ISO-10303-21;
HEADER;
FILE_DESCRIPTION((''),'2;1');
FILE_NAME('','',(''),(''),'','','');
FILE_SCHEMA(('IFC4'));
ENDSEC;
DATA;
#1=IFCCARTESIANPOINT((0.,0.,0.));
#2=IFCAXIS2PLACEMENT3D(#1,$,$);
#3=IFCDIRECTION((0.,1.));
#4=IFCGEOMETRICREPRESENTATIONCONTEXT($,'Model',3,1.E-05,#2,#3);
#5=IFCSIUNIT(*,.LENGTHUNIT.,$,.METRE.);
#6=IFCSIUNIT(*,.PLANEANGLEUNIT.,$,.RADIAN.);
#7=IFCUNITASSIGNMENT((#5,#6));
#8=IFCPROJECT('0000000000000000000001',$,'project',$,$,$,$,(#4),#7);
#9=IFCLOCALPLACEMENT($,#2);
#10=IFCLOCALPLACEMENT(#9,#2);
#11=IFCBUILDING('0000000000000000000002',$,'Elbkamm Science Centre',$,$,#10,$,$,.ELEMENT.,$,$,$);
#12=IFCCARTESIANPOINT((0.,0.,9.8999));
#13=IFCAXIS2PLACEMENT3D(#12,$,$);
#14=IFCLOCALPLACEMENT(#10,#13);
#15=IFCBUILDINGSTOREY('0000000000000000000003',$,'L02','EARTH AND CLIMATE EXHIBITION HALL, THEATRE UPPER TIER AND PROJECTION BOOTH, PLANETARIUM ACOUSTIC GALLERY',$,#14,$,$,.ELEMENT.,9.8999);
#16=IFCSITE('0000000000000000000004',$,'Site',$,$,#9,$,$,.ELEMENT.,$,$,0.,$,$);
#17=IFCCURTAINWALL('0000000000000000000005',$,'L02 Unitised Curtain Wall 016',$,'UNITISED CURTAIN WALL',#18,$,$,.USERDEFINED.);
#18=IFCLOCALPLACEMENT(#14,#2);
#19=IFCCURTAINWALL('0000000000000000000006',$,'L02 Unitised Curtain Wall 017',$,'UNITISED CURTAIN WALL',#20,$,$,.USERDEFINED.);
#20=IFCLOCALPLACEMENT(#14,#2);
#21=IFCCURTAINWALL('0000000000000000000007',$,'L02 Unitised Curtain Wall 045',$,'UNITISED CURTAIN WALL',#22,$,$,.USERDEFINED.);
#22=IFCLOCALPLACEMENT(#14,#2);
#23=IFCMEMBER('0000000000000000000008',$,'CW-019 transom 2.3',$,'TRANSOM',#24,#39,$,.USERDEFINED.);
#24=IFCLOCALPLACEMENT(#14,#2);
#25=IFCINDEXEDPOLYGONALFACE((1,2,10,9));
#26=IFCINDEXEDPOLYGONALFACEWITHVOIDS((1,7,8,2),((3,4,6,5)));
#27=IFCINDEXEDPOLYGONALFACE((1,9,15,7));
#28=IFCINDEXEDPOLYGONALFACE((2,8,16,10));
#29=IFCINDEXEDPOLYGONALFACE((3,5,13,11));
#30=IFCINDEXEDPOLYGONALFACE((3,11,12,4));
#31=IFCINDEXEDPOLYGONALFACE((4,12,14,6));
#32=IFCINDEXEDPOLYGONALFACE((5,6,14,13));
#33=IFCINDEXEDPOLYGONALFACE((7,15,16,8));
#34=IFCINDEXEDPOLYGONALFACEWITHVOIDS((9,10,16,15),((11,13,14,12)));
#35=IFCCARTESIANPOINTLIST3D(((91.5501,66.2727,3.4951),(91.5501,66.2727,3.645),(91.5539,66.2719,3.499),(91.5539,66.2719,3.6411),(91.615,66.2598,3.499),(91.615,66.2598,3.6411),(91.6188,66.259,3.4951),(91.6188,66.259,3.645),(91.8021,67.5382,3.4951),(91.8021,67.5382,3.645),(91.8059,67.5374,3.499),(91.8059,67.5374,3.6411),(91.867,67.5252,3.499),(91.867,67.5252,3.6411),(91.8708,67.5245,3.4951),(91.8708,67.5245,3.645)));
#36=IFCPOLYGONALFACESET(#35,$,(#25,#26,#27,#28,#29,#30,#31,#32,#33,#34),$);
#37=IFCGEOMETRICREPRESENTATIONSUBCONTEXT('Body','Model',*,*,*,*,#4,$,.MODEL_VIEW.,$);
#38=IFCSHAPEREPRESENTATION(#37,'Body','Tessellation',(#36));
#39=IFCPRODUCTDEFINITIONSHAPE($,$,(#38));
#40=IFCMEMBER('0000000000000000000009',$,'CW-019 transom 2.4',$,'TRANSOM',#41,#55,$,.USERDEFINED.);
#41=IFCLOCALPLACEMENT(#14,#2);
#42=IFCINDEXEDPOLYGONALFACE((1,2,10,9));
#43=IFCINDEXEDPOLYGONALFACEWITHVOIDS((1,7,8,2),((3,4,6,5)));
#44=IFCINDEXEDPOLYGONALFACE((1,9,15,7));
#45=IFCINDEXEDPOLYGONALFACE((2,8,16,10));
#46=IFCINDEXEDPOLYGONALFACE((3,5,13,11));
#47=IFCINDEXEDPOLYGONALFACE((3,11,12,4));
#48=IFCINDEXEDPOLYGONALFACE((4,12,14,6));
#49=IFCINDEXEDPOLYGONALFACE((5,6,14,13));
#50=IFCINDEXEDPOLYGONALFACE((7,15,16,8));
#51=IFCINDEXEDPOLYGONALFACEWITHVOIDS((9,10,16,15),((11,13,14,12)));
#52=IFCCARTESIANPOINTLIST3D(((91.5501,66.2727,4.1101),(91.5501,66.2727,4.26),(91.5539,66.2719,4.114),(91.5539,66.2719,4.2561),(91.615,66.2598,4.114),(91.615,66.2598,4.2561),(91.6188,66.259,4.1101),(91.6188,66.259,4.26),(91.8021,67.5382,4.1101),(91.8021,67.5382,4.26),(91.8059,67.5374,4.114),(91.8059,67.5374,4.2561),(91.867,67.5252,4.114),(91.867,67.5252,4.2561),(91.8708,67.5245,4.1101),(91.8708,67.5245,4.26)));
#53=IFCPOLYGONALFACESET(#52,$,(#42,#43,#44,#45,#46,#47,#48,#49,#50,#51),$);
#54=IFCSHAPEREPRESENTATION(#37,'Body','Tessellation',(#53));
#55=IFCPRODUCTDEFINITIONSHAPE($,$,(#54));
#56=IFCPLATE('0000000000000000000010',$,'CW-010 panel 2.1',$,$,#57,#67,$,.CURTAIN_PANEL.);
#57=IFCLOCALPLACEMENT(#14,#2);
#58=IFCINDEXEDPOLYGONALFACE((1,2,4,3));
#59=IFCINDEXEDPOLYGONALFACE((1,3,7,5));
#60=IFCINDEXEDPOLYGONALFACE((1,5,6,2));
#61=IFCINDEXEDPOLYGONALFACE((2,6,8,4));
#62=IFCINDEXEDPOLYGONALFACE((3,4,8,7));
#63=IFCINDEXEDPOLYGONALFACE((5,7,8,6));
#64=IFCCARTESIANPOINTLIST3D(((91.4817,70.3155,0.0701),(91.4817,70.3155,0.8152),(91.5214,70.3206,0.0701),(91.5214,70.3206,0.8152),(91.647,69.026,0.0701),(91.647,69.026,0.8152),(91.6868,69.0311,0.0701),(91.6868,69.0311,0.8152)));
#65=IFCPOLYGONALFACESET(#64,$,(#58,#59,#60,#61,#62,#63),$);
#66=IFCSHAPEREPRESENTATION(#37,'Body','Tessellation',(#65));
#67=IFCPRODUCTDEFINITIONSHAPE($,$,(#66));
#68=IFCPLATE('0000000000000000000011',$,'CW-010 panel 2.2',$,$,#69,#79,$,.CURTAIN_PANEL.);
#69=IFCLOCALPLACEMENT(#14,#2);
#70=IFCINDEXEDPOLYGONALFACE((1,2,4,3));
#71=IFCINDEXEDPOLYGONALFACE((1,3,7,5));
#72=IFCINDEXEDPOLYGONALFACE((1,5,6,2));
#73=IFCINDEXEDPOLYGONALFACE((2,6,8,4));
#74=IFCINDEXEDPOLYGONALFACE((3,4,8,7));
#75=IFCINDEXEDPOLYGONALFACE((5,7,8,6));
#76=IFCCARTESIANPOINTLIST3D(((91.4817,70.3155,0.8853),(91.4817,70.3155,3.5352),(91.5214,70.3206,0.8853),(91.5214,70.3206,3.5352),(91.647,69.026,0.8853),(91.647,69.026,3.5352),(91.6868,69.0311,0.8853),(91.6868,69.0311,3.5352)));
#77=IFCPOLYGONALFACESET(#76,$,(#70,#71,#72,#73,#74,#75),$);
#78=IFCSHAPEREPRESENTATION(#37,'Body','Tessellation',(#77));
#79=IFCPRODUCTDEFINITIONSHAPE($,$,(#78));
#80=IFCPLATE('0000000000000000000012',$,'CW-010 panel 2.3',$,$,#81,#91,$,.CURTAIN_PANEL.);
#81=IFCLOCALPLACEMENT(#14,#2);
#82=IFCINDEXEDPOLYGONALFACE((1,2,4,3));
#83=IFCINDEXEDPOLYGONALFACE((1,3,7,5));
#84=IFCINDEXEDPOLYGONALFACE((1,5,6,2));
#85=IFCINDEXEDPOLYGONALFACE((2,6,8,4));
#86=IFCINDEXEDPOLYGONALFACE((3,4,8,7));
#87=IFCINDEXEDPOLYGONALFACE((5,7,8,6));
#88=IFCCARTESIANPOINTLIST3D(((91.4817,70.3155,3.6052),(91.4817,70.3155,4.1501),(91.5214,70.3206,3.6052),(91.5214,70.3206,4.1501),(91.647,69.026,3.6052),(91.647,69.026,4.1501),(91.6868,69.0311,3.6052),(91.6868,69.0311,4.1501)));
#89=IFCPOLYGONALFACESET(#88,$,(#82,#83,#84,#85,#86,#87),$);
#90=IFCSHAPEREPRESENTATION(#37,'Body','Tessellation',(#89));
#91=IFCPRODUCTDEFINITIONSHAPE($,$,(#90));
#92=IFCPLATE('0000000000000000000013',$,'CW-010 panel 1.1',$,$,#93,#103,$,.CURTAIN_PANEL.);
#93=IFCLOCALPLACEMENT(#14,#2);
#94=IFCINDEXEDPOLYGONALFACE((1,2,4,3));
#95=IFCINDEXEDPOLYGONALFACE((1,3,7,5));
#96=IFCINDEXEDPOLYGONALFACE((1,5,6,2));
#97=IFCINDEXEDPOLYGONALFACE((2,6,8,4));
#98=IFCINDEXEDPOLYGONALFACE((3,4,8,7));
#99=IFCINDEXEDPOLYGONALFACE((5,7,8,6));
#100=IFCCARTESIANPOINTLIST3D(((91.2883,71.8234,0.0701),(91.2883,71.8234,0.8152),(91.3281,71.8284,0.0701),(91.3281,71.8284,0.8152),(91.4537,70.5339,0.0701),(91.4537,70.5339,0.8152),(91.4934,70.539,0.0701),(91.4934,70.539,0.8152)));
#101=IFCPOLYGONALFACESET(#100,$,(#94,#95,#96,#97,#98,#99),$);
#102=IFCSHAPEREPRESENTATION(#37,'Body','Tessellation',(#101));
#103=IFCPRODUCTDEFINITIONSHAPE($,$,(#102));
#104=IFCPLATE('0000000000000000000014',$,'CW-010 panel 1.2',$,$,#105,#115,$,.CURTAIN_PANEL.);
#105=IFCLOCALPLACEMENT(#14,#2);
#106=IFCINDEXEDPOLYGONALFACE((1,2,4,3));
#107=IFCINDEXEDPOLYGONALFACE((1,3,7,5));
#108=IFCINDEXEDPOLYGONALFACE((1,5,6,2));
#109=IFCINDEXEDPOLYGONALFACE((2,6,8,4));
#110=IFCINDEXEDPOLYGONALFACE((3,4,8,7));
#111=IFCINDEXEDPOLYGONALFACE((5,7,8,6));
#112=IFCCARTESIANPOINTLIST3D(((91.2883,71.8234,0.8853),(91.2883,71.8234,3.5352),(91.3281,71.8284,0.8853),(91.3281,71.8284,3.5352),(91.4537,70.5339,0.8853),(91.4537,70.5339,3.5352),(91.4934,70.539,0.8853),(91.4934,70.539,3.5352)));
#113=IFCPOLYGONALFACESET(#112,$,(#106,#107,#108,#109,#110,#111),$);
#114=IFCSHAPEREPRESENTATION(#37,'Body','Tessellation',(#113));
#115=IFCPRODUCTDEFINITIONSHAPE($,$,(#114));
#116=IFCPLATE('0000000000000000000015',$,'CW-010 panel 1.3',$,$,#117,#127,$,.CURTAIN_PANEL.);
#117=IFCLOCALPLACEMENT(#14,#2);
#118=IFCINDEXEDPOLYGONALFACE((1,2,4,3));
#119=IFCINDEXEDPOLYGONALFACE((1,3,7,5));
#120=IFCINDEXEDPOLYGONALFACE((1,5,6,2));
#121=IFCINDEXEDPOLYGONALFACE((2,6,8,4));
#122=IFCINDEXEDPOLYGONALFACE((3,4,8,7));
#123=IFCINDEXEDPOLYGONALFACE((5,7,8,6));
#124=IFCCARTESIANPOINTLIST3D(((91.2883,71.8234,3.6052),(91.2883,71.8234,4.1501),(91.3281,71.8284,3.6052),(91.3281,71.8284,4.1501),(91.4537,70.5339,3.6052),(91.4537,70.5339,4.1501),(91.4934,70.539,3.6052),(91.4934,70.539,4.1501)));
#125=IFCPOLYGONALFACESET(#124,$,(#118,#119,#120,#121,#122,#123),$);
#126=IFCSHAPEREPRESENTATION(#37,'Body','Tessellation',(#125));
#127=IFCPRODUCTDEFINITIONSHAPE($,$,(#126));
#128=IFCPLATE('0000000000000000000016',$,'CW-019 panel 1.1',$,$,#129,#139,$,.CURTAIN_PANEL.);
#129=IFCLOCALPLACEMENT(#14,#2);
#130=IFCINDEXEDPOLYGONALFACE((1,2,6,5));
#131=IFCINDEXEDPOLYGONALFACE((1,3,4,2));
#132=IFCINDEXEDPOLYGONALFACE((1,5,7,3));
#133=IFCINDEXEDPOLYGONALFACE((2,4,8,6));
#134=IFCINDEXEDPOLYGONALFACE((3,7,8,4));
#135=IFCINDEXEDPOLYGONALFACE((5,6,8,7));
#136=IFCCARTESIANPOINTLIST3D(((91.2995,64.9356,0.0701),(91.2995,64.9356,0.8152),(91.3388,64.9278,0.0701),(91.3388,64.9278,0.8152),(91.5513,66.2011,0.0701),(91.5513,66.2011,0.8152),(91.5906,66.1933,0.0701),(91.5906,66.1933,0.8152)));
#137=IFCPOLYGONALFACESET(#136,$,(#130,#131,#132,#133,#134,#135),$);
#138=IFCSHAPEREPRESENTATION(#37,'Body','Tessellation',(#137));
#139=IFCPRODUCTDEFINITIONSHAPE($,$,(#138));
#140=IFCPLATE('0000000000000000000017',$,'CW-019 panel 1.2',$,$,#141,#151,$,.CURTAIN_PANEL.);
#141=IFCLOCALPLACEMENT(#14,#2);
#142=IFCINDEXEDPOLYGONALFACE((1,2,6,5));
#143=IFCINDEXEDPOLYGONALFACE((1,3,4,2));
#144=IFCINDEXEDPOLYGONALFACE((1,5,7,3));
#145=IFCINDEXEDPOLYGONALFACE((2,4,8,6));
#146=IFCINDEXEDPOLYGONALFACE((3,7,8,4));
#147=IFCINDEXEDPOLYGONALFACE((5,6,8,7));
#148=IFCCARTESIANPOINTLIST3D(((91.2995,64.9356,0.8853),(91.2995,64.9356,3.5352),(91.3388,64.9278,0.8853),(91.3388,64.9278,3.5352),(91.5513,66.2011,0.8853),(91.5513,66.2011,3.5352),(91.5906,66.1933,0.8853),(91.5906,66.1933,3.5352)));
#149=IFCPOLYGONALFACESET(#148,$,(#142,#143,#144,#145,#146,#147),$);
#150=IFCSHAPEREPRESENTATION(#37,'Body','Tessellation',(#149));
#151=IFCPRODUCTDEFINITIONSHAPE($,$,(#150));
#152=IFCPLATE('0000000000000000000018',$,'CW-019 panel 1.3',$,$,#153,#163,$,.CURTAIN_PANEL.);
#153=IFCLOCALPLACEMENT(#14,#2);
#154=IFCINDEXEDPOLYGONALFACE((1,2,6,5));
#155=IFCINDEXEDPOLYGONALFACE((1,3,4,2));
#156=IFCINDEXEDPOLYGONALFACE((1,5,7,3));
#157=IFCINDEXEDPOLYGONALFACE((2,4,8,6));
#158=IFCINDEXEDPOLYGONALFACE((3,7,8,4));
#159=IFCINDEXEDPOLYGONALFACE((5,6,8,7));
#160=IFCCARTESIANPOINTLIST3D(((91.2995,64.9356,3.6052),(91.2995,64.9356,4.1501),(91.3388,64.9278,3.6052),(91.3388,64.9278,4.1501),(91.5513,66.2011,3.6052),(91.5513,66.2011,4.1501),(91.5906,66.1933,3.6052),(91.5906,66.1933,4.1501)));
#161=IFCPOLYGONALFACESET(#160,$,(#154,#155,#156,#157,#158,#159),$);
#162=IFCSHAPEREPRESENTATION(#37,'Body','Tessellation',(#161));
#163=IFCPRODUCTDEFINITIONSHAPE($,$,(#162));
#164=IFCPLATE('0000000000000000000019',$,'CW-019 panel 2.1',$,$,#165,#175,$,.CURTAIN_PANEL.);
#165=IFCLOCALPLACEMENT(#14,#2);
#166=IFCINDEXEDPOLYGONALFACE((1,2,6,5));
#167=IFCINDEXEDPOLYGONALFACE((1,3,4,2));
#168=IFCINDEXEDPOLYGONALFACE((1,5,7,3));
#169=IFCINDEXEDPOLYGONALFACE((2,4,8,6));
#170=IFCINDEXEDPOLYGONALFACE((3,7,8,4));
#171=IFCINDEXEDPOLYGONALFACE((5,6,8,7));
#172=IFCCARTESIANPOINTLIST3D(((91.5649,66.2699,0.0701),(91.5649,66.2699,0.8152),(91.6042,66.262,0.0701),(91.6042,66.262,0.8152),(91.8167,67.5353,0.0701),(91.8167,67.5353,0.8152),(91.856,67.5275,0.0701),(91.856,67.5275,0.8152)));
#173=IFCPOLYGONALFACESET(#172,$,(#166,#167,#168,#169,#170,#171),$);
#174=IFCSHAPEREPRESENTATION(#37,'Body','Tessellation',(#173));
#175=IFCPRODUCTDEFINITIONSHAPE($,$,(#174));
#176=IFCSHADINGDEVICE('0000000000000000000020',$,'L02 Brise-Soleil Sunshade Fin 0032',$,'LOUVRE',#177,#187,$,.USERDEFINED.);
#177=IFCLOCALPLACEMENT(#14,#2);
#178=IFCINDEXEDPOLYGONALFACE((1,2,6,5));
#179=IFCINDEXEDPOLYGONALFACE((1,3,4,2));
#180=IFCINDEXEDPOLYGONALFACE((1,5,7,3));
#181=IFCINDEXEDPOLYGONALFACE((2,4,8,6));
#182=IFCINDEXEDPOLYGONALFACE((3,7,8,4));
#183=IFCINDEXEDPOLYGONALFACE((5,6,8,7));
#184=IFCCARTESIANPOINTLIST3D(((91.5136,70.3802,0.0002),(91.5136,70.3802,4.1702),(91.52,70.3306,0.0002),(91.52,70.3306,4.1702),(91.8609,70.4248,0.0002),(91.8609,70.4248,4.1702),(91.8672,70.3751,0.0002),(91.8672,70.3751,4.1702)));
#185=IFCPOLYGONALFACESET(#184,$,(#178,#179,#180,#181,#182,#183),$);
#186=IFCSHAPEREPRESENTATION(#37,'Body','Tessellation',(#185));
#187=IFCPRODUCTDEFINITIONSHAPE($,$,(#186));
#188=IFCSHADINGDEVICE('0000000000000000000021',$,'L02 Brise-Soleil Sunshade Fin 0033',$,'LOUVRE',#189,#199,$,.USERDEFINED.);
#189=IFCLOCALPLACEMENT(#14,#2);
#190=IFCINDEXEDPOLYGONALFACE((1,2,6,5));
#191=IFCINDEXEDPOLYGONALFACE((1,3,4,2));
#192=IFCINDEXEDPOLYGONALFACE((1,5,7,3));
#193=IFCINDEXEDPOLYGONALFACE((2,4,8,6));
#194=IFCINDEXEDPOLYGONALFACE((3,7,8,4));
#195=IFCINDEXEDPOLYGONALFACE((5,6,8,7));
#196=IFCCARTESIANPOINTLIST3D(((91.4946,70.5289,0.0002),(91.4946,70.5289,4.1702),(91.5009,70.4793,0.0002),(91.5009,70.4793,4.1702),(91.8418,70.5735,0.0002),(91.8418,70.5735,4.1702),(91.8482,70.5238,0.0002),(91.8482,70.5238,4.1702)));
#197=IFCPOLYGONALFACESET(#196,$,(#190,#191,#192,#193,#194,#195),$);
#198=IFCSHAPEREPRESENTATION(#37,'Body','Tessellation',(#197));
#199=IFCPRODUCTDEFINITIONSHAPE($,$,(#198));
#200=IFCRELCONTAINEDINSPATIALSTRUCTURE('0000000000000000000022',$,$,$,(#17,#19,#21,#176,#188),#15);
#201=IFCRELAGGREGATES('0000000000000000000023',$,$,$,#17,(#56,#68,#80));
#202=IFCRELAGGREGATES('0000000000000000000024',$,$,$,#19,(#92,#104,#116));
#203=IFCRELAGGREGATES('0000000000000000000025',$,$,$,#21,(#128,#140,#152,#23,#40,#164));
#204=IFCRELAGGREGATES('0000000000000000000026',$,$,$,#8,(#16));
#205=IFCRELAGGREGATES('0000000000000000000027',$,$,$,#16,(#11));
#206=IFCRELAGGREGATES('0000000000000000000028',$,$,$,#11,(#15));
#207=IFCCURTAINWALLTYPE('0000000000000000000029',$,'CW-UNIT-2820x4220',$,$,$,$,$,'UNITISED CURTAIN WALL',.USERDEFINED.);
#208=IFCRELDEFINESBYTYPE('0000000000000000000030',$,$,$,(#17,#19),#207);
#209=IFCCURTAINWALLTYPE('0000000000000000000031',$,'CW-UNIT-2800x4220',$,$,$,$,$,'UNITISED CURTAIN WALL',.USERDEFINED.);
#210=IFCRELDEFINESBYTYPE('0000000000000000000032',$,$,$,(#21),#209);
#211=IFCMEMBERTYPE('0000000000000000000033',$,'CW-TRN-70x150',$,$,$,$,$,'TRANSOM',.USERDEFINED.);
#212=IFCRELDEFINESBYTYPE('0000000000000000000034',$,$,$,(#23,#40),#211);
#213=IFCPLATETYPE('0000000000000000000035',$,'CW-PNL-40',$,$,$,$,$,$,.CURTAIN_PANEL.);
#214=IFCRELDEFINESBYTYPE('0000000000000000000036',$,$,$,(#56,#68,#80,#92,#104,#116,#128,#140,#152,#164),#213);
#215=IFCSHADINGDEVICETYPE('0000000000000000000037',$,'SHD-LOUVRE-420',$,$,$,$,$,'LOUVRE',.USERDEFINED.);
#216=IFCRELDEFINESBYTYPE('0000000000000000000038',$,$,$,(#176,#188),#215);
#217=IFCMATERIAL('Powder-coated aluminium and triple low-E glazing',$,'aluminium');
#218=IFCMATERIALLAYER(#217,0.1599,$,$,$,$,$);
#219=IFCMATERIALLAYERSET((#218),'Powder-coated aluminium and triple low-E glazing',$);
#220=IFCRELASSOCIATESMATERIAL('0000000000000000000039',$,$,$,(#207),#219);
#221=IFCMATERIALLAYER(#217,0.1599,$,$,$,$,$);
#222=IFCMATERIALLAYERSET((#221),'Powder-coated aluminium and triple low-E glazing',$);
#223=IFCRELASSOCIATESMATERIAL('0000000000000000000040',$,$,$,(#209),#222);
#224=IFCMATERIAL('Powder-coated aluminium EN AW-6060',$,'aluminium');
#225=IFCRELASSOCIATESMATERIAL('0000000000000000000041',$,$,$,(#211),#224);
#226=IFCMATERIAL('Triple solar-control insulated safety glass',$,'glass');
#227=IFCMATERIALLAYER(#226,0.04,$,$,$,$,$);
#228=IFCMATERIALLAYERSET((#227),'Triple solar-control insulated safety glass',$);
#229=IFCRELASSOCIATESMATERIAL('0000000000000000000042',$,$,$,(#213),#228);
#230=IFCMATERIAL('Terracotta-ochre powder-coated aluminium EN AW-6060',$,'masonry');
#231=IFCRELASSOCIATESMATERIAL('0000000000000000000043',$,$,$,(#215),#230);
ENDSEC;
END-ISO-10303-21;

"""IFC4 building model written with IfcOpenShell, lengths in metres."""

from ifc_helpers import new_model, si_unit, direction, frame, origin, origin_2d, place, context, subcontext, project, spatial, rectangle, hollow_rectangle, extrude, material, layer, layer_set, material_profile, profile_set, type_object, element, aggregate, save


model = new_model("IFC4")

# Units and contexts
model_context = context("Model", 3, precision=1e-05, world=origin(), true_north=direction((0.0, 1.0)))
body_context = subcontext(model_context, "Body", "Model", "MODEL_VIEW")
ifc_project = project(units=[si_unit("LENGTHUNIT", "METRE"), si_unit("PLANEANGLEUNIT", "RADIAN")], contexts=[model_context])

# Site, building, storey
site_placement = place(None, origin())
site = spatial("IfcSite", under=ifc_project, at=site_placement, Name="Site", CompositionType="ELEMENT", RefElevation=0.0)
building_placement = place(site_placement, origin())
building = spatial("IfcBuilding", under=site, at=building_placement, Name="Elbkamm Science Centre", CompositionType="ELEMENT")
storey_placement = place(building_placement, frame((0.0, 0.0, 9.8999)))
storey = spatial("IfcBuildingStorey", under=building, at=storey_placement, Name="L02", Description="EARTH AND CLIMATE EXHIBITION HALL, THEATRE UPPER TIER AND PROJECTION BOOTH, PLANETARIUM ACOUSTIC GALLERY", CompositionType="ELEMENT", Elevation=9.8999)

# Curtain walls
ifc_material_1 = material(Name="Powder-coated aluminium and triple low-E glazing", Category="aluminium")
ifc_layer_1 = layer(ifc_material_1, 0.1599)
ifc_layer_set_1 = layer_set([ifc_layer_1], Name="Powder-coated aluminium and triple low-E glazing")
curtain_wall_type_1 = type_object("IfcCurtainWallType", Name="CW-UNIT-2820x4220", ElementType="UNITISED CURTAIN WALL", PredefinedType="USERDEFINED", material=ifc_layer_set_1)
curtain_wall_1_placement = place(storey_placement, origin())
curtain_wall_1 = element("IfcCurtainWall", 1, at=curtain_wall_1_placement, inside=storey, type_object=curtain_wall_type_1, Name="L02 Unitised Curtain Wall 016", ObjectType="UNITISED CURTAIN WALL", PredefinedType="USERDEFINED")
ifc_material_2 = material(Name="Powder-coated aluminium EN AW-6060", Category="aluminium")
curtain_wall_2_placement = place(storey_placement, origin())
curtain_wall_2 = element("IfcCurtainWall", 2, at=curtain_wall_2_placement, inside=storey, type_object=curtain_wall_type_1, Name="L02 Unitised Curtain Wall 017", ObjectType="UNITISED CURTAIN WALL", PredefinedType="USERDEFINED")
ifc_layer_2 = layer(ifc_material_1, 0.1599)
ifc_layer_set_2 = layer_set([ifc_layer_2], Name="Powder-coated aluminium and triple low-E glazing")
curtain_wall_type_2 = type_object("IfcCurtainWallType", Name="CW-UNIT-2800x4220", ElementType="UNITISED CURTAIN WALL", PredefinedType="USERDEFINED", material=ifc_layer_set_2)
curtain_wall_3_placement = place(storey_placement, origin())
curtain_wall_3 = element("IfcCurtainWall", 3, at=curtain_wall_3_placement, inside=storey, type_object=curtain_wall_type_2, Name="L02 Unitised Curtain Wall 045", ObjectType="UNITISED CURTAIN WALL", PredefinedType="USERDEFINED")

# Members
ifc_material_profile_1 = material_profile(ifc_material_2, hollow_rectangle(XDim=0.0701, YDim=0.1499, WallThickness=0.0039, at=origin_2d()), Name="ALU T70x150")
ifc_profile_set_1 = profile_set([ifc_material_profile_1], Name="Powder-coated aluminium EN AW-6060")
member_type_1 = type_object("IfcMemberType", Name="CW-TRN-70x150", ElementType="TRANSOM", PredefinedType="USERDEFINED", material=ifc_profile_set_1)
member_1_placement = place(storey_placement, frame((91.5845, 66.2659, 3.5701), z_axis=(0.195279, 0.980748, 0.0), x_axis=(-0.980748, 0.195279, 0.0)))
member_1 = element("IfcMember", 4, at=member_1_placement, type_object=member_type_1, Name="CW-019 transom 2.3", ObjectType="TRANSOM", PredefinedType="USERDEFINED", context=body_context, shape_type="SweptSolid", body=[
    extrude(hollow_rectangle(XDim=0.0701, YDim=0.1499, WallThickness=0.0039, at=origin_2d()), origin(), (0.0, 0.0, 1.0), 1.2903),
])
member_2_placement = place(storey_placement, frame((91.5845, 66.2659, 4.1851), z_axis=(0.195279, 0.980748, 0.0), x_axis=(-0.980748, 0.195279, 0.0)))
member_2 = element("IfcMember", 5, at=member_2_placement, type_object=member_type_1, Name="CW-019 transom 2.4", ObjectType="TRANSOM", PredefinedType="USERDEFINED", context=body_context, shape_type="SweptSolid", body=[
    extrude(hollow_rectangle(XDim=0.0701, YDim=0.1499, WallThickness=0.0039, at=origin_2d()), origin(), (0.0, 0.0, 1.0), 1.2903),
])

# Plates
ifc_material_3 = material(Name="Triple solar-control insulated safety glass", Category="glass")
ifc_layer_3 = layer(ifc_material_3, 0.04)
ifc_layer_set_3 = layer_set([ifc_layer_3], Name="Triple solar-control insulated safety glass")
plate_type = type_object("IfcPlateType", Name="CW-PNL-40", PredefinedType="CURTAIN_PANEL", material=ifc_layer_set_3)
plate_1_placement = place(storey_placement, frame((91.5842, 69.6733, 0.0701), z_axis=(0.0, 0.0, 1.0), x_axis=(-0.127174, 0.99188, 0.0)))
plate_1 = element("IfcPlate", 6, at=plate_1_placement, type_object=plate_type, Name="CW-010 panel 2.1", PredefinedType="CURTAIN_PANEL", context=body_context, shape_type="SweptSolid", body=[
    extrude(rectangle(XDim=1.3, YDim=0.04, at=origin_2d()), origin(), (0.0, 0.0, 1.0), 0.7451),
])
plate_2_placement = place(storey_placement, frame((91.5842, 69.6733, 0.8853), z_axis=(0.0, 0.0, 1.0), x_axis=(-0.127174, 0.99188, 0.0)))
plate_2 = element("IfcPlate", 7, at=plate_2_placement, type_object=plate_type, Name="CW-010 panel 2.2", PredefinedType="CURTAIN_PANEL", context=body_context, shape_type="SweptSolid", body=[
    extrude(rectangle(XDim=1.3, YDim=0.04, at=origin_2d()), origin(), (0.0, 0.0, 1.0), 2.6499),
])
plate_3_placement = place(storey_placement, frame((91.5842, 69.6733, 3.6052), z_axis=(0.0, 0.0, 1.0), x_axis=(-0.127174, 0.99188, 0.0)))
plate_3 = element("IfcPlate", 8, at=plate_3_placement, type_object=plate_type, Name="CW-010 panel 2.3", PredefinedType="CURTAIN_PANEL", context=body_context, shape_type="SweptSolid", body=[
    extrude(rectangle(XDim=1.3, YDim=0.04, at=origin_2d()), origin(), (0.0, 0.0, 1.0), 0.5449),
])
aggregate(curtain_wall_1, [plate_1, plate_2, plate_3])
plate_4_placement = place(storey_placement, frame((91.3909, 71.1812, 0.0701), z_axis=(0.0, 0.0, 1.0), x_axis=(-0.127174, 0.99188, 0.0)))
plate_4 = element("IfcPlate", 9, at=plate_4_placement, type_object=plate_type, Name="CW-010 panel 1.1", PredefinedType="CURTAIN_PANEL", context=body_context, shape_type="SweptSolid", body=[
    extrude(rectangle(XDim=1.3, YDim=0.04, at=origin_2d()), origin(), (0.0, 0.0, 1.0), 0.7451),
])
plate_5_placement = place(storey_placement, frame((91.3909, 71.1812, 0.8853), z_axis=(0.0, 0.0, 1.0), x_axis=(-0.127174, 0.99188, 0.0)))
plate_5 = element("IfcPlate", 10, at=plate_5_placement, type_object=plate_type, Name="CW-010 panel 1.2", PredefinedType="CURTAIN_PANEL", context=body_context, shape_type="SweptSolid", body=[
    extrude(rectangle(XDim=1.3, YDim=0.04, at=origin_2d()), origin(), (0.0, 0.0, 1.0), 2.6499),
])
plate_6_placement = place(storey_placement, frame((91.3909, 71.1812, 3.6052), z_axis=(0.0, 0.0, 1.0), x_axis=(-0.127174, 0.99188, 0.0)))
plate_6 = element("IfcPlate", 11, at=plate_6_placement, type_object=plate_type, Name="CW-010 panel 1.3", PredefinedType="CURTAIN_PANEL", context=body_context, shape_type="SweptSolid", body=[
    extrude(rectangle(XDim=1.3, YDim=0.04, at=origin_2d()), origin(), (0.0, 0.0, 1.0), 0.5449),
])
aggregate(curtain_wall_2, [plate_4, plate_5, plate_6])
plate_7_placement = place(storey_placement, frame((91.4451, 65.5645, 0.0701), z_axis=(0.0, 0.0, 1.0), x_axis=(0.195151, 0.980773, 0.0)))
plate_7 = element("IfcPlate", 12, at=plate_7_placement, type_object=plate_type, Name="CW-019 panel 1.1", PredefinedType="CURTAIN_PANEL", context=body_context, shape_type="SweptSolid", body=[
    extrude(rectangle(XDim=1.2903, YDim=0.04, at=origin_2d()), origin(), (0.0, 0.0, 1.0), 0.7451),
])
plate_8_placement = place(storey_placement, frame((91.4451, 65.5645, 0.8853), z_axis=(0.0, 0.0, 1.0), x_axis=(0.195151, 0.980773, 0.0)))
plate_8 = element("IfcPlate", 13, at=plate_8_placement, type_object=plate_type, Name="CW-019 panel 1.2", PredefinedType="CURTAIN_PANEL", context=body_context, shape_type="SweptSolid", body=[
    extrude(rectangle(XDim=1.2903, YDim=0.04, at=origin_2d()), origin(), (0.0, 0.0, 1.0), 2.6499),
])
plate_9_placement = place(storey_placement, frame((91.4451, 65.5645, 3.6052), z_axis=(0.0, 0.0, 1.0), x_axis=(0.195151, 0.980773, 0.0)))
plate_9 = element("IfcPlate", 14, at=plate_9_placement, type_object=plate_type, Name="CW-019 panel 1.3", PredefinedType="CURTAIN_PANEL", context=body_context, shape_type="SweptSolid", body=[
    extrude(rectangle(XDim=1.2903, YDim=0.04, at=origin_2d()), origin(), (0.0, 0.0, 1.0), 0.5449),
])
plate_10_placement = place(storey_placement, frame((91.7104, 66.8987, 0.0701), z_axis=(0.0, 0.0, 1.0), x_axis=(0.195151, 0.980773, 0.0)))
plate_10 = element("IfcPlate", 15, at=plate_10_placement, type_object=plate_type, Name="CW-019 panel 2.1", PredefinedType="CURTAIN_PANEL", context=body_context, shape_type="SweptSolid", body=[
    extrude(rectangle(XDim=1.2903, YDim=0.04, at=origin_2d()), origin(), (0.0, 0.0, 1.0), 0.7451),
])
aggregate(curtain_wall_3, [plate_7, plate_8, plate_9, member_1, member_2, plate_10])

# Shading devices
ifc_material_4 = material(Name="Terracotta-ochre powder-coated aluminium EN AW-6060", Category="masonry")
shading_device_type = type_object("IfcShadingDeviceType", Name="SHD-LOUVRE-420", ElementType="LOUVRE", PredefinedType="USERDEFINED", material=ifc_material_4)
for number, where, z_axis, x_axis, name in (
    (16, (91.6904, 70.3777, 0.0002), (0.0, 0.0, 1.0), (0.99188, 0.127174, 0.0), "L02 Brise-Soleil Sunshade Fin 0032"),
    (17, (91.6714, 70.5264, 0.0002), (0.0, 0.0, 1.0), (0.99188, 0.127174, 0.0), "L02 Brise-Soleil Sunshade Fin 0033"),
):
    element("IfcShadingDevice", number, at=place(storey_placement, frame(where, z_axis=z_axis, x_axis=x_axis)), inside=storey, type_object=shading_device_type, Name=name, ObjectType="LOUVRE", PredefinedType="USERDEFINED", context=body_context, shape_type="SweptSolid", body=[
        extrude(rectangle(XDim=0.3501, YDim=0.05, at=origin_2d()), origin(), (0.0, 0.0, 1.0), 4.1699),
    ])

save(model, "model.ifc")
